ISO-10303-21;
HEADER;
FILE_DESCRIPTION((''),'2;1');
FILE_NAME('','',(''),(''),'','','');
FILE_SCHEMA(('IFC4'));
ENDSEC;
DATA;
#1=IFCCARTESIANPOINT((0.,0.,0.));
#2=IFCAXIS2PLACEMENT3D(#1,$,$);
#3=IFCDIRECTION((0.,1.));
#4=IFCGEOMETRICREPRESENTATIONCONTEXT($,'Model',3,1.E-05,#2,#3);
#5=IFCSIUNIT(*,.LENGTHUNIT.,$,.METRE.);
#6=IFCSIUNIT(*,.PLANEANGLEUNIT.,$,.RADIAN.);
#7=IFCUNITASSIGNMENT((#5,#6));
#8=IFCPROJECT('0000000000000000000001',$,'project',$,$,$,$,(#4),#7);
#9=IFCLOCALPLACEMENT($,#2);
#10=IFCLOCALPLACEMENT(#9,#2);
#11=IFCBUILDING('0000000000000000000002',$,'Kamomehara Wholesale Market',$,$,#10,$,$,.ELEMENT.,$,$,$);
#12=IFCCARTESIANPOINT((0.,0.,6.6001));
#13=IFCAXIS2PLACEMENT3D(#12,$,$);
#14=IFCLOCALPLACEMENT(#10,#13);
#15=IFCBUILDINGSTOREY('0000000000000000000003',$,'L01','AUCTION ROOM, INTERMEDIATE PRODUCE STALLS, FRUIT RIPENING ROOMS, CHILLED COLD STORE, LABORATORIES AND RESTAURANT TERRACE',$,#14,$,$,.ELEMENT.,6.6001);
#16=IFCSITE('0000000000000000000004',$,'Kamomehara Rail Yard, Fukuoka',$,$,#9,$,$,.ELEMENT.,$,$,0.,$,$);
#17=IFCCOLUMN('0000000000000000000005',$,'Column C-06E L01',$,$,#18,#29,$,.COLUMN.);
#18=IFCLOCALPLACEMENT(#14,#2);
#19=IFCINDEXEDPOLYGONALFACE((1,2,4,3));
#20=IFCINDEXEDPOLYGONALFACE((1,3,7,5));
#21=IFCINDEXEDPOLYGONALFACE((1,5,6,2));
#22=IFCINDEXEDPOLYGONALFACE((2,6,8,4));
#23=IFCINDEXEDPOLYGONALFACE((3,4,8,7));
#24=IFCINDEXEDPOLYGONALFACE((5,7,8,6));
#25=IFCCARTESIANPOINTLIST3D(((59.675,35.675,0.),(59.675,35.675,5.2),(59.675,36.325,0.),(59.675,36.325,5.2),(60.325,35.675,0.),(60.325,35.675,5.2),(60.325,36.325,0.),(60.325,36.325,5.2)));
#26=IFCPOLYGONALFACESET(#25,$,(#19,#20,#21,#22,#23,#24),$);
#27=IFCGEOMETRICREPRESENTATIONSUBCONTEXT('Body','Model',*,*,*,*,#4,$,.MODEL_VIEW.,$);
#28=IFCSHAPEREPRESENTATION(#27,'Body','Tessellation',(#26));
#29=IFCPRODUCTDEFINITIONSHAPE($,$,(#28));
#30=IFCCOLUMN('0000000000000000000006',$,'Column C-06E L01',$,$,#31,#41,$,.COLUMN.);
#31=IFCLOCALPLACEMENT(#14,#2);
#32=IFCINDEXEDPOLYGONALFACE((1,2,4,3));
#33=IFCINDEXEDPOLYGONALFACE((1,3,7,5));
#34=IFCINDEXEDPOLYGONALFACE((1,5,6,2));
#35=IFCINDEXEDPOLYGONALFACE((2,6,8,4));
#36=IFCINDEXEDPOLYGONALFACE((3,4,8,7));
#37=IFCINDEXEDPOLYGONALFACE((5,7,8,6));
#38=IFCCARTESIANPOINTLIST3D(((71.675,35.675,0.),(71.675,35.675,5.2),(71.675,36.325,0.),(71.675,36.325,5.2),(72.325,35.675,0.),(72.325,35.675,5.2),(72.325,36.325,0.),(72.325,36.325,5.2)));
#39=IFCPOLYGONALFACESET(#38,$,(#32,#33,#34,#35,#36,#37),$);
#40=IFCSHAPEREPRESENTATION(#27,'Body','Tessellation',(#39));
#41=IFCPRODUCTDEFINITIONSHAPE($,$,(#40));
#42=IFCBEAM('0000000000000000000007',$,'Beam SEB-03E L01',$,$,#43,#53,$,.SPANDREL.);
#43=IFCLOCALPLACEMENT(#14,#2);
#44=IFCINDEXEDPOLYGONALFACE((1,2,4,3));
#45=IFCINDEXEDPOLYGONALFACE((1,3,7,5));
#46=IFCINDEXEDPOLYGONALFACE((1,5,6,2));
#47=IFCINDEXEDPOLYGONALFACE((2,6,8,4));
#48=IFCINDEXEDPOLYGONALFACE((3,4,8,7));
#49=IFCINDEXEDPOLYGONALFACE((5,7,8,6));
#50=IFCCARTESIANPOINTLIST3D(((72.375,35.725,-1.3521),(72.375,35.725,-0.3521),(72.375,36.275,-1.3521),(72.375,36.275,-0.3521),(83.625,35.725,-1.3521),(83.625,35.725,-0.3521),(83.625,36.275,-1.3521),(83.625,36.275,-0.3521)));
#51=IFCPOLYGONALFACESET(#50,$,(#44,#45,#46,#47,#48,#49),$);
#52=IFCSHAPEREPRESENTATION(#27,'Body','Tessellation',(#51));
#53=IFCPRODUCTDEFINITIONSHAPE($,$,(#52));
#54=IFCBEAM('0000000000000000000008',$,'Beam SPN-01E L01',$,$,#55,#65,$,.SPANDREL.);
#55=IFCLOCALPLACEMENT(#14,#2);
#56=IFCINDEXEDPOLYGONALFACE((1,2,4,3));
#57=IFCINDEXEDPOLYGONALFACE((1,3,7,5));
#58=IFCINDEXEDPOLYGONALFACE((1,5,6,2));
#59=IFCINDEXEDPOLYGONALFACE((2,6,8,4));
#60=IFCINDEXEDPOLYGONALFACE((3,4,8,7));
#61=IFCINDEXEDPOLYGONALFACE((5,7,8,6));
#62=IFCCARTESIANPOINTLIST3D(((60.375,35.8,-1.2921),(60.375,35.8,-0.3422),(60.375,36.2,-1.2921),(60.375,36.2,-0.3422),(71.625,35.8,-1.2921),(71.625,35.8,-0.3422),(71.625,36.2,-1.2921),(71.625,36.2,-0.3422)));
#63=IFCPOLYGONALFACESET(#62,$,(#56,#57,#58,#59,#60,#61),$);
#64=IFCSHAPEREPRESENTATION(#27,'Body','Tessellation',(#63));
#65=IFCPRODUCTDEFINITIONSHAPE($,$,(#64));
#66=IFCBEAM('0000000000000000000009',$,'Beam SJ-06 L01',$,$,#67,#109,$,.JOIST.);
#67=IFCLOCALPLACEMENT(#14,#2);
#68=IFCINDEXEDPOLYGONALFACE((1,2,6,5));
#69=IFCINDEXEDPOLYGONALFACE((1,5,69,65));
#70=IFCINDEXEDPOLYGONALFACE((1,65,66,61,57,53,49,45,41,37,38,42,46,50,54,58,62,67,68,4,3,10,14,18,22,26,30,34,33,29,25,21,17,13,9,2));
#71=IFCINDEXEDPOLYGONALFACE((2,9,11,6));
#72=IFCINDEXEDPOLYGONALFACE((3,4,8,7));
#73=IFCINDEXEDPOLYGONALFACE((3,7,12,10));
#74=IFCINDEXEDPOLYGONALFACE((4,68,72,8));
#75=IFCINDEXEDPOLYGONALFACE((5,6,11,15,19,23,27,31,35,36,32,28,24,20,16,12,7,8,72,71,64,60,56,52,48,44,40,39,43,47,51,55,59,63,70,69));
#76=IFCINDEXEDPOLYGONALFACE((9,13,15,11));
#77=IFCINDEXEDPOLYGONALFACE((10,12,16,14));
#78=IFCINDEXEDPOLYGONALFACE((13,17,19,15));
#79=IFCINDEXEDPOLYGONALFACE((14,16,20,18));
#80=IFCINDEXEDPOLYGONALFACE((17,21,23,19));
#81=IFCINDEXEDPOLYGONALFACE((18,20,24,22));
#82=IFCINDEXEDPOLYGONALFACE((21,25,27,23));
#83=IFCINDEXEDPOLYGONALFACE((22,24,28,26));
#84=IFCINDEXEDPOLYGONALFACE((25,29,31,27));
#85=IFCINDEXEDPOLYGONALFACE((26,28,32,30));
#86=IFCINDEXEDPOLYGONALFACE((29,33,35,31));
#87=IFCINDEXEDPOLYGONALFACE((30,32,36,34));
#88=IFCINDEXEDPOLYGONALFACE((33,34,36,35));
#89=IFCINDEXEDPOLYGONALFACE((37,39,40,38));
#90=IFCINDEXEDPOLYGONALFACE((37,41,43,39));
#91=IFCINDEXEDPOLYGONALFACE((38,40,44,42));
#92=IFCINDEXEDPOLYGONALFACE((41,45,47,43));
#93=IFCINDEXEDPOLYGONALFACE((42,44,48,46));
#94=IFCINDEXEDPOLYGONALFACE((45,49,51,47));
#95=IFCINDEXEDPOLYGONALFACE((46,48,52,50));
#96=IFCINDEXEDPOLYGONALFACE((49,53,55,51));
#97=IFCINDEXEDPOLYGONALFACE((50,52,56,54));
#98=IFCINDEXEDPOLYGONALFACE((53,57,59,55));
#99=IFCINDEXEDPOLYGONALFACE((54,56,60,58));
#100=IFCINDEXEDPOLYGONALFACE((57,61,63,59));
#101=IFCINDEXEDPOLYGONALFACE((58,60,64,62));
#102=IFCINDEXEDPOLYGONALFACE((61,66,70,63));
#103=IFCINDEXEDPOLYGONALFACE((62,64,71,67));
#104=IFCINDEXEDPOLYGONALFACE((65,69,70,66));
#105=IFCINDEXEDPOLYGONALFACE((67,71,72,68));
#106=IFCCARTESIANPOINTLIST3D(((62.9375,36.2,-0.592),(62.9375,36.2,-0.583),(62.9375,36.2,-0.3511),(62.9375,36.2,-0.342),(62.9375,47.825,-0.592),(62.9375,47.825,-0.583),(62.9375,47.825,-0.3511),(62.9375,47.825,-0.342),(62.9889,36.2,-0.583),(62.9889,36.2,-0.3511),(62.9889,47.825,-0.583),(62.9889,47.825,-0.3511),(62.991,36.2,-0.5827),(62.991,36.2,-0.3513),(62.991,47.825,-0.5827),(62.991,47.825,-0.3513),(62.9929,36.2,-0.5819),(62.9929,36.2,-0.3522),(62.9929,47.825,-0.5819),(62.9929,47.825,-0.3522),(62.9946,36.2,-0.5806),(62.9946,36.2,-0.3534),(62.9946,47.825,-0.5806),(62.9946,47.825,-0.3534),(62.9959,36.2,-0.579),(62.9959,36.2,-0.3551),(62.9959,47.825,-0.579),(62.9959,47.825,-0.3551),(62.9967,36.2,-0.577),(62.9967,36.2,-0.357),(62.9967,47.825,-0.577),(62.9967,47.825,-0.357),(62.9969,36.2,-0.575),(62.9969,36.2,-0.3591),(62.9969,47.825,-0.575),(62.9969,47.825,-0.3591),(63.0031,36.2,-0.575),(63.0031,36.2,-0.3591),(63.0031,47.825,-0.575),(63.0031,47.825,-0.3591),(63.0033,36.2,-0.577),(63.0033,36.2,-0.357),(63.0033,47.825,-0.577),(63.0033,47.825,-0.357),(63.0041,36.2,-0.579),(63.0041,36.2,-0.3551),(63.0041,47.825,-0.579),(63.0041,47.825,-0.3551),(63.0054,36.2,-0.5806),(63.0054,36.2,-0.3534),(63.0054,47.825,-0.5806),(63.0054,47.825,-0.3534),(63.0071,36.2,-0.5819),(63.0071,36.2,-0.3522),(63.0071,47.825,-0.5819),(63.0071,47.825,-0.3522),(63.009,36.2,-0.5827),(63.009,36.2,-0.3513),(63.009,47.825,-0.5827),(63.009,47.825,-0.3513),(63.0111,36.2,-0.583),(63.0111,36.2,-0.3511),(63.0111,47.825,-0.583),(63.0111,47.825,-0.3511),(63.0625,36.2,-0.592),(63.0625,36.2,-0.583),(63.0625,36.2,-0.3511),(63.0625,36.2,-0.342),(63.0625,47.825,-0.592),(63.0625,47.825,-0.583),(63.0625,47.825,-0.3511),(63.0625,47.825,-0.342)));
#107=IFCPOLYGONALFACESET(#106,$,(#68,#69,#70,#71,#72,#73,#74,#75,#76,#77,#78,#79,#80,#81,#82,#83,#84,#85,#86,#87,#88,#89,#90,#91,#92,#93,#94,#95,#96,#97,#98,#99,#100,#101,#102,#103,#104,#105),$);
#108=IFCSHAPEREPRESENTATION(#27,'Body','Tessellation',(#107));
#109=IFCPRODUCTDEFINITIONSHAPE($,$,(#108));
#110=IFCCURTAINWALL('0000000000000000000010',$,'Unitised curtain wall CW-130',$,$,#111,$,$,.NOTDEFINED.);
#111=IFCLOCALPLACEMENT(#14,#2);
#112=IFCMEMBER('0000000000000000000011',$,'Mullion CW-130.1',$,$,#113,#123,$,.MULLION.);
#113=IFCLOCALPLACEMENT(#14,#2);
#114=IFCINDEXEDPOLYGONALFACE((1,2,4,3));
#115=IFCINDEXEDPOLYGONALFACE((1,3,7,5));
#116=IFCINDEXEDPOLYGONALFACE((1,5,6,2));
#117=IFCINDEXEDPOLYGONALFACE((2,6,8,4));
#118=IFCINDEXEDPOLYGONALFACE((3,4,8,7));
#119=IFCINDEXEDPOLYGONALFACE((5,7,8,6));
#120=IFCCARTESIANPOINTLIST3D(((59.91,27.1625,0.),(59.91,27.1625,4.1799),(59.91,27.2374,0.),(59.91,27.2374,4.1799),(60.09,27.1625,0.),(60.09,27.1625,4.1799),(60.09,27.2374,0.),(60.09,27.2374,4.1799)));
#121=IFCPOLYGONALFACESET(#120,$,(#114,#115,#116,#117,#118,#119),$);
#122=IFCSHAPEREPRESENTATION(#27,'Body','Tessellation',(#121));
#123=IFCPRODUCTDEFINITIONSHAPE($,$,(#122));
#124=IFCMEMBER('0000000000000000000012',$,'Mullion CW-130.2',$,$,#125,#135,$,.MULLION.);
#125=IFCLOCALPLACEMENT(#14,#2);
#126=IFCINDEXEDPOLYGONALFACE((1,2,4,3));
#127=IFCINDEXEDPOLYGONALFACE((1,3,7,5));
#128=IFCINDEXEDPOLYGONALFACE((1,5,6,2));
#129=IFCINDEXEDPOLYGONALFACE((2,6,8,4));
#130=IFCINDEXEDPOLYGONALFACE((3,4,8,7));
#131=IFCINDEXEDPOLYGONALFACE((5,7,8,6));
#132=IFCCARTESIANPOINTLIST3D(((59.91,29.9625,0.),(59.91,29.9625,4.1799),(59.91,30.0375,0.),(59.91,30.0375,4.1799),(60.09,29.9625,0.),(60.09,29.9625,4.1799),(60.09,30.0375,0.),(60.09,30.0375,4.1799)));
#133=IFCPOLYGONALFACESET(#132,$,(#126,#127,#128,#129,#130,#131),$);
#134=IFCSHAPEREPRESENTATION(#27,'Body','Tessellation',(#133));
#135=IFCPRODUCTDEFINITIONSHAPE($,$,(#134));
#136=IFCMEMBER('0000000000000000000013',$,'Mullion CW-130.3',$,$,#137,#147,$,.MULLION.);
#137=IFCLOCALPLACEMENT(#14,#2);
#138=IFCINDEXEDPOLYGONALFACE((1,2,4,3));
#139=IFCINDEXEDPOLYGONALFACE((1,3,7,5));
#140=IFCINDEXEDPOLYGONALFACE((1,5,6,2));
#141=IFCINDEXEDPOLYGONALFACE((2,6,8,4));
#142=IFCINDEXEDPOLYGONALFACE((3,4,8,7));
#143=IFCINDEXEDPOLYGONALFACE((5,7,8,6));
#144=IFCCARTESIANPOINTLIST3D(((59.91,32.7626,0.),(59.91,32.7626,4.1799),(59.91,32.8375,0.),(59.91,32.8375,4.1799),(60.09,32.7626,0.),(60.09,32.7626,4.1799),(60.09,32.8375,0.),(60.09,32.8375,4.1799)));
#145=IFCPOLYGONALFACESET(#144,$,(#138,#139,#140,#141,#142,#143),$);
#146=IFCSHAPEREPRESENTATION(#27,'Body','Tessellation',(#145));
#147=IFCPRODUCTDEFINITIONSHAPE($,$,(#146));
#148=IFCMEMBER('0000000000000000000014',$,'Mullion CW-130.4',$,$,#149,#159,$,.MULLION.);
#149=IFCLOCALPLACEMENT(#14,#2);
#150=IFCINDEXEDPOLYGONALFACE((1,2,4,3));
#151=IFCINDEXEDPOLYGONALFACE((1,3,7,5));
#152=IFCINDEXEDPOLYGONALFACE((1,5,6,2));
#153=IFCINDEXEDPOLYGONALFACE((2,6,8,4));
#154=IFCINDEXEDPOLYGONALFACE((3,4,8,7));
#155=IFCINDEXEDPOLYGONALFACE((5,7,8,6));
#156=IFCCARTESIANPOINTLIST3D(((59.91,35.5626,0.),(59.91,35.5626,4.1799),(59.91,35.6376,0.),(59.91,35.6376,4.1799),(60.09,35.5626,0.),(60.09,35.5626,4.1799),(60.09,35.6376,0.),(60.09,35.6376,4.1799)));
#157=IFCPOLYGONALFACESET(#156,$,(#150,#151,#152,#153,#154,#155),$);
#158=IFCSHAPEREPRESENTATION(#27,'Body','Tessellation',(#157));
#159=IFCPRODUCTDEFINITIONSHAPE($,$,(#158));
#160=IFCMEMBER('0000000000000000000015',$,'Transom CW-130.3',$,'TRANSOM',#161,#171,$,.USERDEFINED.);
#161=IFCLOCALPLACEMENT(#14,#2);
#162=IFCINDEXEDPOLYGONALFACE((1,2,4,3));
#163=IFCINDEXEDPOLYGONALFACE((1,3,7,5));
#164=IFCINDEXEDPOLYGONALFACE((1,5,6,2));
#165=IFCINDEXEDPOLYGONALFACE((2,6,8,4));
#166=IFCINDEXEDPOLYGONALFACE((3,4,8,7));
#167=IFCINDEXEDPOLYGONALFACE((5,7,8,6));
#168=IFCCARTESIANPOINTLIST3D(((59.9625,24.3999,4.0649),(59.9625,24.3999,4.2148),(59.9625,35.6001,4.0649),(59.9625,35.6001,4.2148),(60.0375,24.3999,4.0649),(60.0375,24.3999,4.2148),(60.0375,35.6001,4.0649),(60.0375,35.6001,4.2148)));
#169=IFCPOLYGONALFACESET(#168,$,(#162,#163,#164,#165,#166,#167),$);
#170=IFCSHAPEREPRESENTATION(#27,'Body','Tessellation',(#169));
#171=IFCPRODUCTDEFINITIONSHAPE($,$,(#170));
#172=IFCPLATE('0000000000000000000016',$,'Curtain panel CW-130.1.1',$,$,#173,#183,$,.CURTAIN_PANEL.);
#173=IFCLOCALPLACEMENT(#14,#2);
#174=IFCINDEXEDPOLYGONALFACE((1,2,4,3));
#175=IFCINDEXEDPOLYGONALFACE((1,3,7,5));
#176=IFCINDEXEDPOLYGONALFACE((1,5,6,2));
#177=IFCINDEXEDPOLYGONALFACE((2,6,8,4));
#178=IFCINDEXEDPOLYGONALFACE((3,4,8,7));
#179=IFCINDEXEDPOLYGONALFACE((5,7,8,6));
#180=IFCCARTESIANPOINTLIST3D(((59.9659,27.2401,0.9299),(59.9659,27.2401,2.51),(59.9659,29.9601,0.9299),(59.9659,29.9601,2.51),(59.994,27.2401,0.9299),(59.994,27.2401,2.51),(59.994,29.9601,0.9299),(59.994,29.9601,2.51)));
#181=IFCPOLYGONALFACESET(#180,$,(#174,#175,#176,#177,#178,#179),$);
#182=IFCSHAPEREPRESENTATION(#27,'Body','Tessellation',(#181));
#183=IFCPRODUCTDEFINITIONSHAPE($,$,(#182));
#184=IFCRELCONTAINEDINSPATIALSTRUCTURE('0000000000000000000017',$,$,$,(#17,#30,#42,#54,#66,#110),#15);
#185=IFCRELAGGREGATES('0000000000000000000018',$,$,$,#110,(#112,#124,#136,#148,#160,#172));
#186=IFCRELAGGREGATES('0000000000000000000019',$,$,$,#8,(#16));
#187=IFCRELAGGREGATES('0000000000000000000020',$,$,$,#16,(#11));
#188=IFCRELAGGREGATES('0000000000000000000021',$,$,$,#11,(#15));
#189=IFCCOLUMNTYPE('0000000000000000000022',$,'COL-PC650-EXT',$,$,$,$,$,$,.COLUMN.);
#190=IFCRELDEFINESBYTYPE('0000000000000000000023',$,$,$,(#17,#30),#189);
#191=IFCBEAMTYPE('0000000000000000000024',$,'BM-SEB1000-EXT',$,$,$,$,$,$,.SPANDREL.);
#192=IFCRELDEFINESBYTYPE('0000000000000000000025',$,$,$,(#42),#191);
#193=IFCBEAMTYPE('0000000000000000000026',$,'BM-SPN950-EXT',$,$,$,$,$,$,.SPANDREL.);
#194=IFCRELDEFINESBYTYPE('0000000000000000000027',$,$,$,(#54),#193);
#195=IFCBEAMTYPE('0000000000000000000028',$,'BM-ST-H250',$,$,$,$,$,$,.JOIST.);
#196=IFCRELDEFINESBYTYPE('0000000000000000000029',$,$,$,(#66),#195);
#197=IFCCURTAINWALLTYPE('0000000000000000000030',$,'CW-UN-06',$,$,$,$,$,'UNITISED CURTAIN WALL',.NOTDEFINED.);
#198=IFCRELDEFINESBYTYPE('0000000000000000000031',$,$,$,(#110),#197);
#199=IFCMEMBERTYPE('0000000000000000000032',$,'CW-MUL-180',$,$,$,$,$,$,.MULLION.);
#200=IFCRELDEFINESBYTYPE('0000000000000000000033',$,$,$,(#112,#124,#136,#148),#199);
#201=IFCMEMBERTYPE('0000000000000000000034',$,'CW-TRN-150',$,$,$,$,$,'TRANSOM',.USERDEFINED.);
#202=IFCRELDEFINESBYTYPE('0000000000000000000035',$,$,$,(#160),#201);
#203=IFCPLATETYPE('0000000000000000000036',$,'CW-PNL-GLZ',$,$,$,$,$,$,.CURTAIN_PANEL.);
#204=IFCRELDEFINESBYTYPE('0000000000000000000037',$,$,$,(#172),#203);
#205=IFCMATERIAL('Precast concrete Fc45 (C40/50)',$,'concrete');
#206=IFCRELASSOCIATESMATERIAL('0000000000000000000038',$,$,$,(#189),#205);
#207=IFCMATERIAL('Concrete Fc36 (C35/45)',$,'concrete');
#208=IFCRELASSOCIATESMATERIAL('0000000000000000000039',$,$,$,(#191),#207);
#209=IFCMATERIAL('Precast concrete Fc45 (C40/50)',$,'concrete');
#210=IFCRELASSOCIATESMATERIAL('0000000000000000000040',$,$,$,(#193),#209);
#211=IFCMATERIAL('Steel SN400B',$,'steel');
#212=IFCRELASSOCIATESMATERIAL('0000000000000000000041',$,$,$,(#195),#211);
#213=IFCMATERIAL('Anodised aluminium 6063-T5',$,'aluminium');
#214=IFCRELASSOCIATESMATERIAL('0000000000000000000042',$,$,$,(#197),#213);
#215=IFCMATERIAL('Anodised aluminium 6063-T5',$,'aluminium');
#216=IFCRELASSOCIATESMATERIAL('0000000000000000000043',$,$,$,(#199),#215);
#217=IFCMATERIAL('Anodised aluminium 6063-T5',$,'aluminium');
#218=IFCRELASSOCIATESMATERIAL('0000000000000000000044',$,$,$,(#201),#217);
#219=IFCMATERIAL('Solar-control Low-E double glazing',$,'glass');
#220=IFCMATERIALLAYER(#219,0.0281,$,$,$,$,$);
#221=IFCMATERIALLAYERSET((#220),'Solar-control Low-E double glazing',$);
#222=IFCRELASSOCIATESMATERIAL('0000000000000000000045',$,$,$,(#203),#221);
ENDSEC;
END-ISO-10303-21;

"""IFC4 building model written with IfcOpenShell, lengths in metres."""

from ifc_helpers import new_model, si_unit, direction, frame, origin, origin_2d, place, context, subcontext, project, spatial, rectangle, i_section, extrude, material, layer, layer_set, material_profile, profile_set, type_object, element, aggregate, save


model = new_model("IFC4")

# Units and contexts
model_context = context("Model", 3, precision=1e-05, world=origin(), true_north=direction((0.0, 1.0)))
body_context = subcontext(model_context, "Body", "Model", "MODEL_VIEW")
ifc_project = project(units=[si_unit("LENGTHUNIT", "METRE"), si_unit("PLANEANGLEUNIT", "RADIAN")], contexts=[model_context])

# Site, building, storey
site_placement = place(None, origin())
site = spatial("IfcSite", under=ifc_project, at=site_placement, Name="Kamomehara Rail Yard, Fukuoka", CompositionType="ELEMENT", RefElevation=0.0)
building_placement = place(site_placement, origin())
building = spatial("IfcBuilding", under=site, at=building_placement, Name="Kamomehara Wholesale Market", CompositionType="ELEMENT")
storey_placement = place(building_placement, frame((0.0, 0.0, 6.6001)))
storey = spatial("IfcBuildingStorey", under=building, at=storey_placement, Name="L01", Description="AUCTION ROOM, INTERMEDIATE PRODUCE STALLS, FRUIT RIPENING ROOMS, CHILLED COLD STORE, LABORATORIES AND RESTAURANT TERRACE", CompositionType="ELEMENT", Elevation=6.6001)

# Columns
ifc_material_1 = material(Name="Precast concrete Fc45 (C40/50)", Category="concrete")
ifc_material_profile_1 = material_profile(ifc_material_1, rectangle(XDim=0.6499, YDim=0.6499, at=origin_2d()), Name="PC-COL-650x650")
ifc_profile_set_1 = profile_set([ifc_material_profile_1], Name="Precast concrete Fc45 (C40/50)")
column_type = type_object("IfcColumnType", Name="COL-PC650-EXT", PredefinedType="COLUMN", material=ifc_profile_set_1)
for number, where, z_axis, x_axis, name in (
    (1, (60.0, 36.0, 0.0), (0.0, 0.0, 1.0), (1.0, 0.0, 0.0), "Column C-06E L01"),
    (2, (72.0, 36.0, 0.0), (0.0, 0.0, 1.0), (1.0, 0.0, 0.0), "Column C-06E L01"),
):
    element("IfcColumn", number, at=place(storey_placement, frame(where, z_axis=z_axis, x_axis=x_axis)), inside=storey, type_object=column_type, Name=name, PredefinedType="COLUMN", context=body_context, shape_type="SweptSolid", body=[
        extrude(rectangle(XDim=0.6499, YDim=0.6499, at=origin_2d()), origin(), (0.0, 0.0, 1.0), 5.2),
    ])

# Beams
ifc_material_2 = material(Name="Concrete Fc36 (C35/45)", Category="concrete")
ifc_material_profile_2 = material_profile(ifc_material_2, rectangle(XDim=0.55, YDim=1.0, at=origin_2d()), Name="RC-SEB-550x1000")
ifc_profile_set_2 = profile_set([ifc_material_profile_2], Name="Concrete Fc36 (C35/45)")
beam_type_1 = type_object("IfcBeamType", Name="BM-SEB1000-EXT", PredefinedType="SPANDREL", material=ifc_profile_set_2)
beam_1_placement = place(storey_placement, frame((72.375, 36.0, -0.8521), z_axis=(1.0, 0.0, 0.0), x_axis=(0.0, 1.0, 0.0)))
element("IfcBeam", 3, at=beam_1_placement, inside=storey, type_object=beam_type_1, Name="Beam SEB-03E L01", PredefinedType="SPANDREL", context=body_context, shape_type="SweptSolid", body=[
    extrude(rectangle(XDim=0.55, YDim=1.0, at=origin_2d()), origin(), (0.0, 0.0, 1.0), 11.25),
])
ifc_material_3 = material(Name="Precast concrete Fc45 (C40/50)", Category="concrete")
ifc_material_profile_3 = material_profile(ifc_material_3, rectangle(XDim=0.3999, YDim=0.95, at=origin_2d()), Name="PC-SPN-400x950")
ifc_profile_set_3 = profile_set([ifc_material_profile_3], Name="Precast concrete Fc45 (C40/50)")
beam_type_2 = type_object("IfcBeamType", Name="BM-SPN950-EXT", PredefinedType="SPANDREL", material=ifc_profile_set_3)
beam_2_placement = place(storey_placement, frame((60.375, 36.0, -0.8171), z_axis=(1.0, 0.0, 0.0), x_axis=(0.0, 1.0, 0.0)))
element("IfcBeam", 4, at=beam_2_placement, inside=storey, type_object=beam_type_2, Name="Beam SPN-01E L01", PredefinedType="SPANDREL", context=body_context, shape_type="SweptSolid", body=[
    extrude(rectangle(XDim=0.3999, YDim=0.95, at=origin_2d()), origin(), (0.0, 0.0, 1.0), 11.25),
])
ifc_material_4 = material(Name="Steel SN400B", Category="steel")
ifc_material_profile_4 = material_profile(ifc_material_4, i_section(OverallWidth=0.125, OverallDepth=0.25, WebThickness=0.0061, FlangeThickness=0.009, FilletRadius=0.0081, at=origin_2d()), Name="H-250x125x6x9")
ifc_profile_set_4 = profile_set([ifc_material_profile_4], Name="Steel SN400B")
beam_type_3 = type_object("IfcBeamType", Name="BM-ST-H250", PredefinedType="JOIST", material=ifc_profile_set_4)
beam_3_placement = place(storey_placement, frame((63.0, 36.2, -0.467), z_axis=(0.0, 1.0, 0.0), x_axis=(-1.0, 0.0, 0.0)))
element("IfcBeam", 5, at=beam_3_placement, inside=storey, type_object=beam_type_3, Name="Beam SJ-06 L01", PredefinedType="JOIST", context=body_context, shape_type="SweptSolid", body=[
    extrude(i_section(OverallWidth=0.125, OverallDepth=0.25, WebThickness=0.0061, FlangeThickness=0.009, FilletRadius=0.0081, at=origin_2d()), origin(), (0.0, 0.0, 1.0), 11.625),
])

# Curtain wall, members, plate
ifc_material_5 = material(Name="Anodised aluminium 6063-T5", Category="aluminium")
curtain_wall_type = type_object("IfcCurtainWallType", Name="CW-UN-06", ElementType="UNITISED CURTAIN WALL", PredefinedType="NOTDEFINED", material=ifc_material_5)
curtain_wall_placement = place(storey_placement, origin())
curtain_wall = element("IfcCurtainWall", 6, at=curtain_wall_placement, inside=storey, type_object=curtain_wall_type, Name="Unitised curtain wall CW-130", PredefinedType="NOTDEFINED")
ifc_material_6 = material(Name="Anodised aluminium 6063-T5", Category="aluminium")
ifc_material_profile_5 = material_profile(ifc_material_6, rectangle(XDim=0.075, YDim=0.1799, at=origin_2d()), Name="ALU-MUL-75x180")
ifc_profile_set_5 = profile_set([ifc_material_profile_5], Name="Anodised aluminium 6063-T5")
member_type_1 = type_object("IfcMemberType", Name="CW-MUL-180", PredefinedType="MULLION", material=ifc_profile_set_5)
member_1_placement = place(storey_placement, frame((60.0, 27.2, 0.0), z_axis=(0.0, 0.0, 1.0), x_axis=(0.0, 1.0, 0.0)))
member_1 = element("IfcMember", 7, at=member_1_placement, type_object=member_type_1, Name="Mullion CW-130.1", PredefinedType="MULLION", context=body_context, shape_type="SweptSolid", body=[
    extrude(rectangle(XDim=0.075, YDim=0.1799, at=origin_2d()), origin(), (0.0, 0.0, 1.0), 4.1799),
])
member_2_placement = place(storey_placement, frame((60.0, 30.0, 0.0), z_axis=(0.0, 0.0, 1.0), x_axis=(0.0, 1.0, 0.0)))
member_2 = element("IfcMember", 8, at=member_2_placement, type_object=member_type_1, Name="Mullion CW-130.2", PredefinedType="MULLION", context=body_context, shape_type="SweptSolid", body=[
    extrude(rectangle(XDim=0.075, YDim=0.1799, at=origin_2d()), origin(), (0.0, 0.0, 1.0), 4.1799),
])
member_3_placement = place(storey_placement, frame((60.0, 32.8, 0.0), z_axis=(0.0, 0.0, 1.0), x_axis=(0.0, 1.0, 0.0)))
member_3 = element("IfcMember", 9, at=member_3_placement, type_object=member_type_1, Name="Mullion CW-130.3", PredefinedType="MULLION", context=body_context, shape_type="SweptSolid", body=[
    extrude(rectangle(XDim=0.075, YDim=0.1799, at=origin_2d()), origin(), (0.0, 0.0, 1.0), 4.1799),
])
member_4_placement = place(storey_placement, frame((60.0, 35.6001, 0.0), z_axis=(0.0, 0.0, 1.0), x_axis=(0.0, 1.0, 0.0)))
member_4 = element("IfcMember", 10, at=member_4_placement, type_object=member_type_1, Name="Mullion CW-130.4", PredefinedType="MULLION", context=body_context, shape_type="SweptSolid", body=[
    extrude(rectangle(XDim=0.075, YDim=0.1799, at=origin_2d()), origin(), (0.0, 0.0, 1.0), 4.1799),
])
ifc_material_7 = material(Name="Anodised aluminium 6063-T5", Category="aluminium")
ifc_material_profile_6 = material_profile(ifc_material_7, rectangle(XDim=0.075, YDim=0.1499, at=origin_2d()), Name="ALU-TRN-75x150")
ifc_profile_set_6 = profile_set([ifc_material_profile_6], Name="Anodised aluminium 6063-T5")
member_type_2 = type_object("IfcMemberType", Name="CW-TRN-150", ElementType="TRANSOM", PredefinedType="USERDEFINED", material=ifc_profile_set_6)
member_5_placement = place(storey_placement, frame((60.0, 24.3999, 4.1399), z_axis=(0.0, 1.0, 0.0), x_axis=(-1.0, 0.0, 0.0)))
member_5 = element("IfcMember", 11, at=member_5_placement, type_object=member_type_2, Name="Transom CW-130.3", ObjectType="TRANSOM", PredefinedType="USERDEFINED", context=body_context, shape_type="SweptSolid", body=[
    extrude(rectangle(XDim=0.075, YDim=0.1499, at=origin_2d()), origin(), (0.0, 0.0, 1.0), 11.2002),
])
ifc_material_8 = material(Name="Solar-control Low-E double glazing", Category="glass")
ifc_layer_1 = layer(ifc_material_8, 0.0281)
ifc_layer_set_1 = layer_set([ifc_layer_1], Name="Solar-control Low-E double glazing")
plate_type_1 = type_object("IfcPlateType", Name="CW-PNL-GLZ", PredefinedType="CURTAIN_PANEL", material=ifc_layer_set_1)
plate_1_placement = place(storey_placement, frame((59.98, 28.6001, 0.9299), z_axis=(0.0, 0.0, 1.0), x_axis=(0.0, 1.0, 0.0)))
plate_1 = element("IfcPlate", 12, at=plate_1_placement, type_object=plate_type_1, Name="Curtain panel CW-130.1.1", PredefinedType="CURTAIN_PANEL", context=body_context, shape_type="SweptSolid", body=[
    extrude(rectangle(XDim=2.72, YDim=0.0281, at=origin_2d()), origin(), (0.0, 0.0, 1.0), 1.5801),
])
aggregate(curtain_wall, [member_1, member_2, member_3, member_4, member_5, plate_1])

save(model, "model.ifc")
